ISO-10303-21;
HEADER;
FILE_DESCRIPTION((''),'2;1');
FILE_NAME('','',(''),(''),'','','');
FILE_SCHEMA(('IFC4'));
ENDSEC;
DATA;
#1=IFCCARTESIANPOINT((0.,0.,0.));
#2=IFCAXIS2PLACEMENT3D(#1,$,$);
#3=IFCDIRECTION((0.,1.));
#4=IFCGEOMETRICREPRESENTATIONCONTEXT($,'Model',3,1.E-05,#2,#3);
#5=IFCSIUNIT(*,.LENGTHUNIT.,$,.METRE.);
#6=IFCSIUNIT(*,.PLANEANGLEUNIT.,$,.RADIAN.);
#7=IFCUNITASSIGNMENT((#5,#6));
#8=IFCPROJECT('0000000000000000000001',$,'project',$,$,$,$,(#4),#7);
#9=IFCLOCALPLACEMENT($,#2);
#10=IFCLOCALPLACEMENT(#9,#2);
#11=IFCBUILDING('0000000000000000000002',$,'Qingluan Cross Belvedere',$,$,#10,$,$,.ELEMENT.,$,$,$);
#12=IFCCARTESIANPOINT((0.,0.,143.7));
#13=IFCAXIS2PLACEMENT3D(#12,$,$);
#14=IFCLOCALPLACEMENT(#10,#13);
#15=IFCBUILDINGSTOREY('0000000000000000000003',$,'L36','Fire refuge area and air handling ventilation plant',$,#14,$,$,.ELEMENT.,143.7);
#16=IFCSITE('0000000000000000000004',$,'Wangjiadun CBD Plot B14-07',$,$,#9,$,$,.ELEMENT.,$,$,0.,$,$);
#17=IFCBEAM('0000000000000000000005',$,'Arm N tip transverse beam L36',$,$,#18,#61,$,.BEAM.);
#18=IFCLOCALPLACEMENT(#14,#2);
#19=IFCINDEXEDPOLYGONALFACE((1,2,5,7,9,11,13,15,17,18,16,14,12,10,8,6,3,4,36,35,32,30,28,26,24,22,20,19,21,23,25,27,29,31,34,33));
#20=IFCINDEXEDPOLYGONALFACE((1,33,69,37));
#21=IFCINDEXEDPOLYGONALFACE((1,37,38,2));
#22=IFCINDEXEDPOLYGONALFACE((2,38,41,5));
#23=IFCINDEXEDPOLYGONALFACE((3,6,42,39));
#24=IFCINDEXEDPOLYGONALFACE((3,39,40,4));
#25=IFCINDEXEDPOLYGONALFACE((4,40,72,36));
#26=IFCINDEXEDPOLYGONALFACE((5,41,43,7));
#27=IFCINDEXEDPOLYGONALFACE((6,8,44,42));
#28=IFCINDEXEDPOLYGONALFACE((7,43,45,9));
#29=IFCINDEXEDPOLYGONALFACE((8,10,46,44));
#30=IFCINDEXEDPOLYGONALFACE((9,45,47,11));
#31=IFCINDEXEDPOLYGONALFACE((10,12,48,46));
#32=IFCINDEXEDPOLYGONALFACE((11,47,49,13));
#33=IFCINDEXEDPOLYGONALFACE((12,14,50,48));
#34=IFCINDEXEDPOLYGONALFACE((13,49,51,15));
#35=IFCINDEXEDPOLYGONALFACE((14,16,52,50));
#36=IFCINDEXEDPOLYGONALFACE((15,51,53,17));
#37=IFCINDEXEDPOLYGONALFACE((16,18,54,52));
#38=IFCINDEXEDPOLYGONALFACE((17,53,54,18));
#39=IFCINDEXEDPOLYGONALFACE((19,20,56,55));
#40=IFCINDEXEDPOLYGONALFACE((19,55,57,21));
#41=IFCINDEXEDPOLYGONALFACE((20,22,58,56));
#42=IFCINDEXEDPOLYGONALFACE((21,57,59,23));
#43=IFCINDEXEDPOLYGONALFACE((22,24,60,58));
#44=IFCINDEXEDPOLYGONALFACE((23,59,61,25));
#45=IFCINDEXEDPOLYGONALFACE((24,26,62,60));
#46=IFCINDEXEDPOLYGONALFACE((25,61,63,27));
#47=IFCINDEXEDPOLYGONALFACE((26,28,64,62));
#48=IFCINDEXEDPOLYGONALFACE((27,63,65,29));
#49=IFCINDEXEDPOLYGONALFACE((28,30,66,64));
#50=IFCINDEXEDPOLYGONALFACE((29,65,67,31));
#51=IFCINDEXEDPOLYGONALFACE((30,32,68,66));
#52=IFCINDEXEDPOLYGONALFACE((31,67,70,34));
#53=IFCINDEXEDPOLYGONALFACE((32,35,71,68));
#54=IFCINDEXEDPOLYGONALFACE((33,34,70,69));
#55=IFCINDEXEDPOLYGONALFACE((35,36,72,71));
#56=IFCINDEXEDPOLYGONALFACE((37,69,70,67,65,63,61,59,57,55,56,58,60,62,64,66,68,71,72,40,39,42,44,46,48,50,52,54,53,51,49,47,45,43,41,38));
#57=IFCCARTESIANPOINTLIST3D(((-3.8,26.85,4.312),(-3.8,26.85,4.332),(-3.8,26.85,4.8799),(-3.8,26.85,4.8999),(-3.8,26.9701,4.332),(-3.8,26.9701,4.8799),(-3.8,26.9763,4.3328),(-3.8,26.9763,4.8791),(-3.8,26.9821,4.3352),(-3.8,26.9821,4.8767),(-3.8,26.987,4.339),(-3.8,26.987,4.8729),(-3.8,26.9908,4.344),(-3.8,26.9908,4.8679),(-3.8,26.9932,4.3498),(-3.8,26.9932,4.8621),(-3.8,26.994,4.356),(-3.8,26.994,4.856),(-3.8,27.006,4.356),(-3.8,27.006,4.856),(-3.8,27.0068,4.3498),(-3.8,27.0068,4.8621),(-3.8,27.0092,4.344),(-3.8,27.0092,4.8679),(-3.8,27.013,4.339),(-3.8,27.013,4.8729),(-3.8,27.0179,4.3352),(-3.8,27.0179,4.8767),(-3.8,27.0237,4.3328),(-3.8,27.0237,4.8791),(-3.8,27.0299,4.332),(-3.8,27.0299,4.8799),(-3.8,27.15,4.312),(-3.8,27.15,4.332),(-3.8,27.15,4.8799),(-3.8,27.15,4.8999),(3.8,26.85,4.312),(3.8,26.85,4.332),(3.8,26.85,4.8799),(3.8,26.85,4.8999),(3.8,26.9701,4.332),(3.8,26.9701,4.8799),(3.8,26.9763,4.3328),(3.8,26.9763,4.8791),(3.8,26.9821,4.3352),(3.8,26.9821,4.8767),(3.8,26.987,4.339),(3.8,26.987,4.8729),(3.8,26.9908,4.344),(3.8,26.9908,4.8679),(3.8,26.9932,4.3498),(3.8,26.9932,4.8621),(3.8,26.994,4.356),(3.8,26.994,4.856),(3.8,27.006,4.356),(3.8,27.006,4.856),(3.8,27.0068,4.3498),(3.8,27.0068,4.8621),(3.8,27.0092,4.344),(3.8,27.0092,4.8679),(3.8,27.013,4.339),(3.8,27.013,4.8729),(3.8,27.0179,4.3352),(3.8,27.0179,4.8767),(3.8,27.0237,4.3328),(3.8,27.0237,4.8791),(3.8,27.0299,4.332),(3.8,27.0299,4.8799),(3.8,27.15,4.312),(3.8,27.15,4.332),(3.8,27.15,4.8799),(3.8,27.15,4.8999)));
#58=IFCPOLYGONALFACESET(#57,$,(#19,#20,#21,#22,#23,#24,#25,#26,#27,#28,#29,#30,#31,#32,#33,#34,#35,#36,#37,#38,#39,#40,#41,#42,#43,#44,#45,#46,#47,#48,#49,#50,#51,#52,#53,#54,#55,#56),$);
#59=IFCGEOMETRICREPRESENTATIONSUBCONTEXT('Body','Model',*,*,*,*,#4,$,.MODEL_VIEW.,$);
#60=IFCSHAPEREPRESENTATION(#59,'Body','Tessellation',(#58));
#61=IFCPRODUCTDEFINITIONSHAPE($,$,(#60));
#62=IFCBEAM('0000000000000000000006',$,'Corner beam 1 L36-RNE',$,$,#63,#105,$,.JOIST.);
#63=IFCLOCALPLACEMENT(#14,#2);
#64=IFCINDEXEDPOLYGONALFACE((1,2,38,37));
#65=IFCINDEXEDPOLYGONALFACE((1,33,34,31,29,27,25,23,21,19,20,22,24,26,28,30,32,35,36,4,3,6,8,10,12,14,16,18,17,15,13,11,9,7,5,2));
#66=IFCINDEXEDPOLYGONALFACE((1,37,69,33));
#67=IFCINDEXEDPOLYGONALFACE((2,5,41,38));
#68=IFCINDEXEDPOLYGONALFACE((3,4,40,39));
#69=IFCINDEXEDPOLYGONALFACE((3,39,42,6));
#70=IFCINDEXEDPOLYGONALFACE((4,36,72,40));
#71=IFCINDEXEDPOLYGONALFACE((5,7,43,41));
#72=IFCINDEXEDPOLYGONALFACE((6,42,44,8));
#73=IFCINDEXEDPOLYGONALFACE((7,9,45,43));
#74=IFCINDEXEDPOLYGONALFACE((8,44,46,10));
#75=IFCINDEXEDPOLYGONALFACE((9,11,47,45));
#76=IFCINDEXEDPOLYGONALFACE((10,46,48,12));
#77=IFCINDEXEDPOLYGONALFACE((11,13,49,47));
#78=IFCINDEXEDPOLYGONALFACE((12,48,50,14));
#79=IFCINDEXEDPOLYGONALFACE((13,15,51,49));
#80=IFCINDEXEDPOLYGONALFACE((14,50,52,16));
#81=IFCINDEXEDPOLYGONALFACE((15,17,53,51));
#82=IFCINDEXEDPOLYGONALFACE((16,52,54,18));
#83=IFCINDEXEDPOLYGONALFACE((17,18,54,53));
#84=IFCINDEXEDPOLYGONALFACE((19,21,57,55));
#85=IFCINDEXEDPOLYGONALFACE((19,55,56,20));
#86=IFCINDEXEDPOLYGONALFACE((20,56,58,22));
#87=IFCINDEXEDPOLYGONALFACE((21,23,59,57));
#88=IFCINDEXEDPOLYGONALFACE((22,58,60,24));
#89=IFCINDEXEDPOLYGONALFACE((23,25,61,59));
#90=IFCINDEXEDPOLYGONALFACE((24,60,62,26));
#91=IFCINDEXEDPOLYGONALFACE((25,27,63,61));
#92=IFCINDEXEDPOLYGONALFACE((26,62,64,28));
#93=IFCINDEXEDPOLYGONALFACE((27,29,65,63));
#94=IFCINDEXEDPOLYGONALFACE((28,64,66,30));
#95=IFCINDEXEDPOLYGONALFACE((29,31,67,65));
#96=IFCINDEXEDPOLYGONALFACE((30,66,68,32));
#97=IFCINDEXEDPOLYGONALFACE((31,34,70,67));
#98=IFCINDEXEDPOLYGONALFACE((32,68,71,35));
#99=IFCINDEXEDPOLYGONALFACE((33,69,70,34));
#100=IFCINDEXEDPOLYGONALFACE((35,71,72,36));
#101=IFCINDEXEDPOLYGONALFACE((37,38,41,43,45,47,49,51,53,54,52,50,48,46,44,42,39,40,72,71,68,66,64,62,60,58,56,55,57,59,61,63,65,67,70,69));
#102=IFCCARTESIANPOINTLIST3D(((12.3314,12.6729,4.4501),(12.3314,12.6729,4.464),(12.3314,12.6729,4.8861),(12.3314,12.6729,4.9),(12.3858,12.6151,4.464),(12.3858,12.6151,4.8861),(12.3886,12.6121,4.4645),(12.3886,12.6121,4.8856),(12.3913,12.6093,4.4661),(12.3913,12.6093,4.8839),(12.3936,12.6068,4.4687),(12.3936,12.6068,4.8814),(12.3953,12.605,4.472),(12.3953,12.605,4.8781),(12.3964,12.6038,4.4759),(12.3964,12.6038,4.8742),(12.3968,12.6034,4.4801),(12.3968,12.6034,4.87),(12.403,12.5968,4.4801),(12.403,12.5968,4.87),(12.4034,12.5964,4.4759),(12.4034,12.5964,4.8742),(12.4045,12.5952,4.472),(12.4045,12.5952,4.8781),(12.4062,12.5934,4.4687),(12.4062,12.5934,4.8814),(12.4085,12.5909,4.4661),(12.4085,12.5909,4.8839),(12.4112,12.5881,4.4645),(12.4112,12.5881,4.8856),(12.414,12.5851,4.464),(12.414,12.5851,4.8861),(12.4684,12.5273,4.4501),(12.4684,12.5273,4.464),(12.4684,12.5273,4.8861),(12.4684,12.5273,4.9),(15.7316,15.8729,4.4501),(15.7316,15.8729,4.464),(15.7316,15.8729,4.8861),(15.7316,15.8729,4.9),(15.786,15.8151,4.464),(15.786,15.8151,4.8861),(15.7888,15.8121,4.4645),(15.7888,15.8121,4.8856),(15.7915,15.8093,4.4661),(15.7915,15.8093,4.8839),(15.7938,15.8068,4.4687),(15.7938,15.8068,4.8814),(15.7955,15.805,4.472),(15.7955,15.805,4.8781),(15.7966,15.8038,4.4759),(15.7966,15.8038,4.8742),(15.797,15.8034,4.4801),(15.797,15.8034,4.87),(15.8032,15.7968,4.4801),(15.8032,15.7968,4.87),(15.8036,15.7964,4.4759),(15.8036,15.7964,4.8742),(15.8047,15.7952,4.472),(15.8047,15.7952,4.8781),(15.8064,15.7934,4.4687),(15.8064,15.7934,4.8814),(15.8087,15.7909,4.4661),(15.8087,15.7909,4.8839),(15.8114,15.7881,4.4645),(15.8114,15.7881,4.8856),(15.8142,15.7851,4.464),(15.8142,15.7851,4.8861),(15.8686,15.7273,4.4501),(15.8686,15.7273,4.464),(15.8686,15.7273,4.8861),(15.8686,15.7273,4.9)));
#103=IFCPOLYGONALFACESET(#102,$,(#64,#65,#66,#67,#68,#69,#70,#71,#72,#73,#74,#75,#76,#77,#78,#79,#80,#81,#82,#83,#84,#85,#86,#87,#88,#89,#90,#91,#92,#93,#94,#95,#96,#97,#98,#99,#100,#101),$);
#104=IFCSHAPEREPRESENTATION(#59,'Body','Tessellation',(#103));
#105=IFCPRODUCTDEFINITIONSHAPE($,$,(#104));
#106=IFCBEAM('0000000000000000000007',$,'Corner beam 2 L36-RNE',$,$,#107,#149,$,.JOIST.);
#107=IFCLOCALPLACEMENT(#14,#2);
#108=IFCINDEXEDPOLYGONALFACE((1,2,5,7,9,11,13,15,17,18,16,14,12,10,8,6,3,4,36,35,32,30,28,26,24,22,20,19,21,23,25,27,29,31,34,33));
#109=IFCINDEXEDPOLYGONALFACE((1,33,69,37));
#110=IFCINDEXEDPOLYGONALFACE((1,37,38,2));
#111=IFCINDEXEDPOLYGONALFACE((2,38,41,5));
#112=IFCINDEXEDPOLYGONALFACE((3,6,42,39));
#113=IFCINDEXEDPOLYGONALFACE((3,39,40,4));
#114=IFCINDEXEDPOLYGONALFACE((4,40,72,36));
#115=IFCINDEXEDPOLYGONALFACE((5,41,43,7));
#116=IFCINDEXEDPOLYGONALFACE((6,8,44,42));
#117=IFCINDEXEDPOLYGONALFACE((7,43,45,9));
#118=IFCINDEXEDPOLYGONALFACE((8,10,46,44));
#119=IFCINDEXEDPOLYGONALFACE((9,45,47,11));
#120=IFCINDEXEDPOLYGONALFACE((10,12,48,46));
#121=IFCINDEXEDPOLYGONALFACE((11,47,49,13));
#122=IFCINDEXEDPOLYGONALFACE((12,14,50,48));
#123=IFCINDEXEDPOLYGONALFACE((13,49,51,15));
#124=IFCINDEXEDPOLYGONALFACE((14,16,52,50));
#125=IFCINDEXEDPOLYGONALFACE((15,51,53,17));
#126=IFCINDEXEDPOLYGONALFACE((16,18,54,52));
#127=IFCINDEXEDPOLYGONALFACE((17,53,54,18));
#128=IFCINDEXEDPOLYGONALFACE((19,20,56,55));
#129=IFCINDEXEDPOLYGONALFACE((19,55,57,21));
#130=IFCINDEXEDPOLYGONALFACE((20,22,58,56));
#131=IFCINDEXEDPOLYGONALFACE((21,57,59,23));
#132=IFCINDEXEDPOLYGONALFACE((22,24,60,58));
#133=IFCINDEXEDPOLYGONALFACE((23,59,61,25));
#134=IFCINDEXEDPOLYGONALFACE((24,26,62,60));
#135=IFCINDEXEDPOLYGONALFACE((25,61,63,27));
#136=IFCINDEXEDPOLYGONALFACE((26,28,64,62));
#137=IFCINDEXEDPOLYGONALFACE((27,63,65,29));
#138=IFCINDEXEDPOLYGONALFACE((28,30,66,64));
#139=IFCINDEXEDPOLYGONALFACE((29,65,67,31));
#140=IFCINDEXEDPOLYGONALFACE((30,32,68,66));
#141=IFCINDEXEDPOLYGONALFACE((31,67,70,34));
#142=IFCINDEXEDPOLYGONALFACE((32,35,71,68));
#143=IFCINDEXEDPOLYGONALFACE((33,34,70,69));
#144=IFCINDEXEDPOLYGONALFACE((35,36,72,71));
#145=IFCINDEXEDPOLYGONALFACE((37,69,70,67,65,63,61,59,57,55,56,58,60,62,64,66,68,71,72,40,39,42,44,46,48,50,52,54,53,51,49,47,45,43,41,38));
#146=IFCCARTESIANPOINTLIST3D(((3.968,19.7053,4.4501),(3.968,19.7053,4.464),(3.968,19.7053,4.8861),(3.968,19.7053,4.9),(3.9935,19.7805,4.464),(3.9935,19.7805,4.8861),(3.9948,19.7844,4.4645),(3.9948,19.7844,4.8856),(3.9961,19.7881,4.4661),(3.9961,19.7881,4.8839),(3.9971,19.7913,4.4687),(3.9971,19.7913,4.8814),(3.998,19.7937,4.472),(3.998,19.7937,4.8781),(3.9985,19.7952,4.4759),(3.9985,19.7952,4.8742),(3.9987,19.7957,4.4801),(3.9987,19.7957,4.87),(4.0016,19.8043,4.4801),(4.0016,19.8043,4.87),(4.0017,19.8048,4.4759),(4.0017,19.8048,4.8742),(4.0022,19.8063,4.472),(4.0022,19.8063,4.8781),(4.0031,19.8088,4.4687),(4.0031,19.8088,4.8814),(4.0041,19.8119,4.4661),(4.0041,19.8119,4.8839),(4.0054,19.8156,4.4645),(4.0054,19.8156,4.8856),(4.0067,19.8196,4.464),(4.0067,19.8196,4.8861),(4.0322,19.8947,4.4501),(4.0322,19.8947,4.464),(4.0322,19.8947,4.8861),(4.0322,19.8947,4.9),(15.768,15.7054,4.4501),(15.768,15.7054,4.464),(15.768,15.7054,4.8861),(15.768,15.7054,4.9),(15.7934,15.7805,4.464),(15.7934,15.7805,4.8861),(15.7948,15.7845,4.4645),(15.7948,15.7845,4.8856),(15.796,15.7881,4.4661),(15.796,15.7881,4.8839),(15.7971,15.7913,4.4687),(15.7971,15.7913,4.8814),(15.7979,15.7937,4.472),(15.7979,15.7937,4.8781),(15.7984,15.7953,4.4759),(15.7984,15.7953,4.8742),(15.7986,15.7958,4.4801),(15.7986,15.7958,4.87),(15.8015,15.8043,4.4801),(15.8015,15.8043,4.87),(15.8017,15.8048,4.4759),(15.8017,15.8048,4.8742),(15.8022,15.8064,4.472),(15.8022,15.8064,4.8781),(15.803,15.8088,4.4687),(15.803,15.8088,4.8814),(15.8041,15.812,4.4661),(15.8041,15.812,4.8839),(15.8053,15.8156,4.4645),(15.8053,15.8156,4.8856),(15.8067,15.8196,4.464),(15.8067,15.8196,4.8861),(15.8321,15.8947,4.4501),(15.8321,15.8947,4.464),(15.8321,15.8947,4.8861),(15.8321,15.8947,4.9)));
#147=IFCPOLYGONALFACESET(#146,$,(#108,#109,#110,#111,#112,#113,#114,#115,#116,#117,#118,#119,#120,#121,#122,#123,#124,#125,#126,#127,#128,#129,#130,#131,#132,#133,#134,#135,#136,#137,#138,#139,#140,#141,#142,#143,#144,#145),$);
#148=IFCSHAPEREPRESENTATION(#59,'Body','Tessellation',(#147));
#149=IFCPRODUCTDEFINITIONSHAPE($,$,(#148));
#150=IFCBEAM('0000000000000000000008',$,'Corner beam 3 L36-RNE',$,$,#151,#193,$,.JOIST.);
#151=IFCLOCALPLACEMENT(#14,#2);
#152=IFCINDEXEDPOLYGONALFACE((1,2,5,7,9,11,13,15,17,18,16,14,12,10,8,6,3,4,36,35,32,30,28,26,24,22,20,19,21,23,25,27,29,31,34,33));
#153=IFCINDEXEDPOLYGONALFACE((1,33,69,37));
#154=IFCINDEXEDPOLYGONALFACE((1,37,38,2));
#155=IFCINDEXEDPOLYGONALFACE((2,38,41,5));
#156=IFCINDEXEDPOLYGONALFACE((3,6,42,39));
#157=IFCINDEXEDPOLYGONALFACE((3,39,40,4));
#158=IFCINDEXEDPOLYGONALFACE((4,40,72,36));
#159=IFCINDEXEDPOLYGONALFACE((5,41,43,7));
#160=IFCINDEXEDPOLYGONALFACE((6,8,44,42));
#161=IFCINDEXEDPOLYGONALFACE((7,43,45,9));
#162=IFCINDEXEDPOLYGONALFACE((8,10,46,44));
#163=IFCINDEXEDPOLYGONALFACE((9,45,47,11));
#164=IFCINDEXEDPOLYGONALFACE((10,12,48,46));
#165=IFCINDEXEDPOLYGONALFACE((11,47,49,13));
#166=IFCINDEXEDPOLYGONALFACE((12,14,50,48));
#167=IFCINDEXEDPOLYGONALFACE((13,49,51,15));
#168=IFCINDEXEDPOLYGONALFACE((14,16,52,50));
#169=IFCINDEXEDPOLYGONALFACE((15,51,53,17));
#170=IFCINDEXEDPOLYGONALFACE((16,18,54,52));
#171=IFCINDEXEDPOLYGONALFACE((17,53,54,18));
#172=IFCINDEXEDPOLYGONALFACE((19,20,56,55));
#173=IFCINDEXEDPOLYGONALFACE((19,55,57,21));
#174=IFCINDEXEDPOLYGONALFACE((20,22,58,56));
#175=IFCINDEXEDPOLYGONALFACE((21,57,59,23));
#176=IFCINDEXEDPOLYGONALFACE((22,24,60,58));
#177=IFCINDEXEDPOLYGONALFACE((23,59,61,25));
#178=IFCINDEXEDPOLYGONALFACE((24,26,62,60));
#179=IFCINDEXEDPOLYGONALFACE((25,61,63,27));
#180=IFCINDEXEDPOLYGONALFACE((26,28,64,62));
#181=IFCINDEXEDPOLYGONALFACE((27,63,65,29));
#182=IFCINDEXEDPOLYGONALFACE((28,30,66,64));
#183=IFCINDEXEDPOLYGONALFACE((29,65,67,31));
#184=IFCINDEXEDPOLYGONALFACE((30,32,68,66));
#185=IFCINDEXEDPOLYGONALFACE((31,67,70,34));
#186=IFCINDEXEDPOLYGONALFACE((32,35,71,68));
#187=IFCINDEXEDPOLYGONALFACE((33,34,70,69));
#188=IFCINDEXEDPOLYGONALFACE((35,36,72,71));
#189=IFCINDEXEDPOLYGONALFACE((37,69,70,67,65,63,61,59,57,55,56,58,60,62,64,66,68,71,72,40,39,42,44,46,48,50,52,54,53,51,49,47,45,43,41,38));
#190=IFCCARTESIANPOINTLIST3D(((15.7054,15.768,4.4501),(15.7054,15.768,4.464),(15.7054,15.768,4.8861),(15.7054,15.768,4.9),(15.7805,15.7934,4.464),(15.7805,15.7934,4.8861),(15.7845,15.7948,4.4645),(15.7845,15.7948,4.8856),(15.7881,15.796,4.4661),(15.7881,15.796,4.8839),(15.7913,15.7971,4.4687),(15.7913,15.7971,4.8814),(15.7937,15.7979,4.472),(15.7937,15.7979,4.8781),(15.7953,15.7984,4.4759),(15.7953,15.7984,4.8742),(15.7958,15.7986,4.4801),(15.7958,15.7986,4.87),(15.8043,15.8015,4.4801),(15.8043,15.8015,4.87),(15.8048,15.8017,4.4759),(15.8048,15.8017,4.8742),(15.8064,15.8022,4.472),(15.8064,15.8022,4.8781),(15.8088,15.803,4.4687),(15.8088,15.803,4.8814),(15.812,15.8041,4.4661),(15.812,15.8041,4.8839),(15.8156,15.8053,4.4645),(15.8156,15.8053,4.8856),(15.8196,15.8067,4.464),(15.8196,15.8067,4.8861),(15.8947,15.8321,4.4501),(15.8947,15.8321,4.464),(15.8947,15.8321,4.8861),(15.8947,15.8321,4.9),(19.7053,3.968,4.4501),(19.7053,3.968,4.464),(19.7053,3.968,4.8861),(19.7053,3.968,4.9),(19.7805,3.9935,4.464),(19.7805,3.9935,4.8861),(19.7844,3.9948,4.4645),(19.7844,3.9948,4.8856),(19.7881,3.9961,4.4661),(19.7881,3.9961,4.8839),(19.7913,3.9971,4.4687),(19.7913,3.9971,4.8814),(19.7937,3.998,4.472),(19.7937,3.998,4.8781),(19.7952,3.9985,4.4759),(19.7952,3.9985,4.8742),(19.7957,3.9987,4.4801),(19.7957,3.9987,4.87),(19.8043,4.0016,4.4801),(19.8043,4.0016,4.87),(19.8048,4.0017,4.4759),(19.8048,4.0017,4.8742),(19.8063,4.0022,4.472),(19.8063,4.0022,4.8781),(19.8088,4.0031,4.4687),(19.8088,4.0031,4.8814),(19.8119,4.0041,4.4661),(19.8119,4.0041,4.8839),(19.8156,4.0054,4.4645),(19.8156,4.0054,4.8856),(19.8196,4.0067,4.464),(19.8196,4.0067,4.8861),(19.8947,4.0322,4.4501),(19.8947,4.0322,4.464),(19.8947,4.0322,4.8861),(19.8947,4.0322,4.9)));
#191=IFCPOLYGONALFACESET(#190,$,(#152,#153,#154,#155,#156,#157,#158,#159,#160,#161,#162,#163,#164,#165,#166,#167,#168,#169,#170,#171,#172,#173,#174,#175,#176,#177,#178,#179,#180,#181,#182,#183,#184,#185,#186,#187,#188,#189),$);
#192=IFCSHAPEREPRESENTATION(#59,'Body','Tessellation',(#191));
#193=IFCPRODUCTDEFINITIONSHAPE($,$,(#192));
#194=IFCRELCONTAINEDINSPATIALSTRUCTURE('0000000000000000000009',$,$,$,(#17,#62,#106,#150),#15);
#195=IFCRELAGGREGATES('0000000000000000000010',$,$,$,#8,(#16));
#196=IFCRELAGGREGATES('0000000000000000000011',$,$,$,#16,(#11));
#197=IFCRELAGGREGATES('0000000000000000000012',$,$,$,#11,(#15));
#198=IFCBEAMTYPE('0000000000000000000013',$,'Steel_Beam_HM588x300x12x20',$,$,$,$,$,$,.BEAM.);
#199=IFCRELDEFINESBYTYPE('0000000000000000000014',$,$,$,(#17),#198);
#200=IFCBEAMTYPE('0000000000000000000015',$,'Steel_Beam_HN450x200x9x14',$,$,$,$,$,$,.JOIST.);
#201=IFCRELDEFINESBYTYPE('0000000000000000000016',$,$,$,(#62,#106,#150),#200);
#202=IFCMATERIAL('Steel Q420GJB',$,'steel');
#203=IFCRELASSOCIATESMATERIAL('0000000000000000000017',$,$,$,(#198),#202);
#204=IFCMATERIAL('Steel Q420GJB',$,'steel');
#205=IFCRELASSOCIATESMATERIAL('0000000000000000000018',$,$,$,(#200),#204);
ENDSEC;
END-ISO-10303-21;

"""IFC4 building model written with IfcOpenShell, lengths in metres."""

from ifc_helpers import new_model, si_unit, direction, frame, origin, origin_2d, place, context, subcontext, project, spatial, i_section, extrude, material, material_profile, profile_set, type_object, element, save


model = new_model("IFC4")

# Units and contexts
model_context = context("Model", 3, precision=1e-05, world=origin(), true_north=direction((0.0, 1.0)))
body_context = subcontext(model_context, "Body", "Model", "MODEL_VIEW")
ifc_project = project(units=[si_unit("LENGTHUNIT", "METRE"), si_unit("PLANEANGLEUNIT", "RADIAN")], contexts=[model_context])

# Site, building, storey
site_placement = place(None, origin())
site = spatial("IfcSite", under=ifc_project, at=site_placement, Name="Wangjiadun CBD Plot B14-07", CompositionType="ELEMENT", RefElevation=0.0)
building_placement = place(site_placement, origin())
building = spatial("IfcBuilding", under=site, at=building_placement, Name="Qingluan Cross Belvedere", CompositionType="ELEMENT")
storey_placement = place(building_placement, frame((0.0, 0.0, 143.7)))
storey = spatial("IfcBuildingStorey", under=building, at=storey_placement, Name="L36", Description="Fire refuge area and air handling ventilation plant", CompositionType="ELEMENT", Elevation=143.7)

# Beams
ifc_material_1 = material(Name="Steel Q420GJB", Category="steel")
ifc_material_profile_1 = material_profile(ifc_material_1, i_section(OverallWidth=0.3, OverallDepth=0.5879, WebThickness=0.012, FlangeThickness=0.02, FilletRadius=0.0239, at=origin_2d()), Name="HM588x300x12x20")
ifc_profile_set_1 = profile_set([ifc_material_profile_1], Name="Steel Q420GJB")
beam_type_1 = type_object("IfcBeamType", Name="Steel_Beam_HM588x300x12x20", PredefinedType="BEAM", material=ifc_profile_set_1)
beam_1_placement = place(storey_placement, frame((-3.8, 27.0, 4.606), z_axis=(1.0, 0.0, 0.0), x_axis=(0.0, 1.0, 0.0)))
element("IfcBeam", 1, at=beam_1_placement, inside=storey, type_object=beam_type_1, Name="Arm N tip transverse beam L36", PredefinedType="BEAM", context=body_context, shape_type="SweptSolid", body=[
    extrude(i_section(OverallWidth=0.3, OverallDepth=0.5879, WebThickness=0.012, FlangeThickness=0.02, FilletRadius=0.0239, at=origin_2d()), origin(), (0.0, 0.0, 1.0), 7.6001),
])
ifc_material_2 = material(Name="Steel Q420GJB", Category="steel")
ifc_material_profile_2 = material_profile(ifc_material_2, i_section(OverallWidth=0.2, OverallDepth=0.45, WebThickness=0.009, FlangeThickness=0.0139, FilletRadius=0.0161, at=origin_2d()), Name="HN450x200x9x14")
ifc_profile_set_2 = profile_set([ifc_material_profile_2], Name="Steel Q420GJB")
beam_type_2 = type_object("IfcBeamType", Name="Steel_Beam_HN450x200x9x14", PredefinedType="JOIST", material=ifc_profile_set_2)
beam_2_placement = place(storey_placement, frame((12.3999, 12.6001, 4.675), z_axis=(0.72822, 0.685343, 0.0), x_axis=(-0.685343, 0.72822, 0.0)))
element("IfcBeam", 2, at=beam_2_placement, inside=storey, type_object=beam_type_2, Name="Corner beam 1 L36-RNE", PredefinedType="JOIST", context=body_context, shape_type="SweptSolid", body=[
    extrude(i_section(OverallWidth=0.2, OverallDepth=0.45, WebThickness=0.009, FlangeThickness=0.0139, FilletRadius=0.0161, at=origin_2d()), origin(), (0.0, 0.0, 1.0), 4.6692),
])
for number, where, z_axis, x_axis, name in (
    (3, (15.8, 15.8, 4.675), (-0.947066, 0.321038, 0.0), (-0.321038, -0.947066, 0.0), "Corner beam 2 L36-RNE"),
    (4, (15.8, 15.8, 4.675), (0.321038, -0.947066, 0.0), (0.947066, 0.321038, 0.0), "Corner beam 3 L36-RNE"),
):
    element("IfcBeam", number, at=place(storey_placement, frame(where, z_axis=z_axis, x_axis=x_axis)), inside=storey, type_object=beam_type_2, Name=name, PredefinedType="JOIST", context=body_context, shape_type="SweptSolid", body=[
        extrude(i_section(OverallWidth=0.2, OverallDepth=0.45, WebThickness=0.009, FlangeThickness=0.0139, FilletRadius=0.0161, at=origin_2d()), origin(), (0.0, 0.0, 1.0), 12.4595),
    ])

save(model, "model.ifc")
